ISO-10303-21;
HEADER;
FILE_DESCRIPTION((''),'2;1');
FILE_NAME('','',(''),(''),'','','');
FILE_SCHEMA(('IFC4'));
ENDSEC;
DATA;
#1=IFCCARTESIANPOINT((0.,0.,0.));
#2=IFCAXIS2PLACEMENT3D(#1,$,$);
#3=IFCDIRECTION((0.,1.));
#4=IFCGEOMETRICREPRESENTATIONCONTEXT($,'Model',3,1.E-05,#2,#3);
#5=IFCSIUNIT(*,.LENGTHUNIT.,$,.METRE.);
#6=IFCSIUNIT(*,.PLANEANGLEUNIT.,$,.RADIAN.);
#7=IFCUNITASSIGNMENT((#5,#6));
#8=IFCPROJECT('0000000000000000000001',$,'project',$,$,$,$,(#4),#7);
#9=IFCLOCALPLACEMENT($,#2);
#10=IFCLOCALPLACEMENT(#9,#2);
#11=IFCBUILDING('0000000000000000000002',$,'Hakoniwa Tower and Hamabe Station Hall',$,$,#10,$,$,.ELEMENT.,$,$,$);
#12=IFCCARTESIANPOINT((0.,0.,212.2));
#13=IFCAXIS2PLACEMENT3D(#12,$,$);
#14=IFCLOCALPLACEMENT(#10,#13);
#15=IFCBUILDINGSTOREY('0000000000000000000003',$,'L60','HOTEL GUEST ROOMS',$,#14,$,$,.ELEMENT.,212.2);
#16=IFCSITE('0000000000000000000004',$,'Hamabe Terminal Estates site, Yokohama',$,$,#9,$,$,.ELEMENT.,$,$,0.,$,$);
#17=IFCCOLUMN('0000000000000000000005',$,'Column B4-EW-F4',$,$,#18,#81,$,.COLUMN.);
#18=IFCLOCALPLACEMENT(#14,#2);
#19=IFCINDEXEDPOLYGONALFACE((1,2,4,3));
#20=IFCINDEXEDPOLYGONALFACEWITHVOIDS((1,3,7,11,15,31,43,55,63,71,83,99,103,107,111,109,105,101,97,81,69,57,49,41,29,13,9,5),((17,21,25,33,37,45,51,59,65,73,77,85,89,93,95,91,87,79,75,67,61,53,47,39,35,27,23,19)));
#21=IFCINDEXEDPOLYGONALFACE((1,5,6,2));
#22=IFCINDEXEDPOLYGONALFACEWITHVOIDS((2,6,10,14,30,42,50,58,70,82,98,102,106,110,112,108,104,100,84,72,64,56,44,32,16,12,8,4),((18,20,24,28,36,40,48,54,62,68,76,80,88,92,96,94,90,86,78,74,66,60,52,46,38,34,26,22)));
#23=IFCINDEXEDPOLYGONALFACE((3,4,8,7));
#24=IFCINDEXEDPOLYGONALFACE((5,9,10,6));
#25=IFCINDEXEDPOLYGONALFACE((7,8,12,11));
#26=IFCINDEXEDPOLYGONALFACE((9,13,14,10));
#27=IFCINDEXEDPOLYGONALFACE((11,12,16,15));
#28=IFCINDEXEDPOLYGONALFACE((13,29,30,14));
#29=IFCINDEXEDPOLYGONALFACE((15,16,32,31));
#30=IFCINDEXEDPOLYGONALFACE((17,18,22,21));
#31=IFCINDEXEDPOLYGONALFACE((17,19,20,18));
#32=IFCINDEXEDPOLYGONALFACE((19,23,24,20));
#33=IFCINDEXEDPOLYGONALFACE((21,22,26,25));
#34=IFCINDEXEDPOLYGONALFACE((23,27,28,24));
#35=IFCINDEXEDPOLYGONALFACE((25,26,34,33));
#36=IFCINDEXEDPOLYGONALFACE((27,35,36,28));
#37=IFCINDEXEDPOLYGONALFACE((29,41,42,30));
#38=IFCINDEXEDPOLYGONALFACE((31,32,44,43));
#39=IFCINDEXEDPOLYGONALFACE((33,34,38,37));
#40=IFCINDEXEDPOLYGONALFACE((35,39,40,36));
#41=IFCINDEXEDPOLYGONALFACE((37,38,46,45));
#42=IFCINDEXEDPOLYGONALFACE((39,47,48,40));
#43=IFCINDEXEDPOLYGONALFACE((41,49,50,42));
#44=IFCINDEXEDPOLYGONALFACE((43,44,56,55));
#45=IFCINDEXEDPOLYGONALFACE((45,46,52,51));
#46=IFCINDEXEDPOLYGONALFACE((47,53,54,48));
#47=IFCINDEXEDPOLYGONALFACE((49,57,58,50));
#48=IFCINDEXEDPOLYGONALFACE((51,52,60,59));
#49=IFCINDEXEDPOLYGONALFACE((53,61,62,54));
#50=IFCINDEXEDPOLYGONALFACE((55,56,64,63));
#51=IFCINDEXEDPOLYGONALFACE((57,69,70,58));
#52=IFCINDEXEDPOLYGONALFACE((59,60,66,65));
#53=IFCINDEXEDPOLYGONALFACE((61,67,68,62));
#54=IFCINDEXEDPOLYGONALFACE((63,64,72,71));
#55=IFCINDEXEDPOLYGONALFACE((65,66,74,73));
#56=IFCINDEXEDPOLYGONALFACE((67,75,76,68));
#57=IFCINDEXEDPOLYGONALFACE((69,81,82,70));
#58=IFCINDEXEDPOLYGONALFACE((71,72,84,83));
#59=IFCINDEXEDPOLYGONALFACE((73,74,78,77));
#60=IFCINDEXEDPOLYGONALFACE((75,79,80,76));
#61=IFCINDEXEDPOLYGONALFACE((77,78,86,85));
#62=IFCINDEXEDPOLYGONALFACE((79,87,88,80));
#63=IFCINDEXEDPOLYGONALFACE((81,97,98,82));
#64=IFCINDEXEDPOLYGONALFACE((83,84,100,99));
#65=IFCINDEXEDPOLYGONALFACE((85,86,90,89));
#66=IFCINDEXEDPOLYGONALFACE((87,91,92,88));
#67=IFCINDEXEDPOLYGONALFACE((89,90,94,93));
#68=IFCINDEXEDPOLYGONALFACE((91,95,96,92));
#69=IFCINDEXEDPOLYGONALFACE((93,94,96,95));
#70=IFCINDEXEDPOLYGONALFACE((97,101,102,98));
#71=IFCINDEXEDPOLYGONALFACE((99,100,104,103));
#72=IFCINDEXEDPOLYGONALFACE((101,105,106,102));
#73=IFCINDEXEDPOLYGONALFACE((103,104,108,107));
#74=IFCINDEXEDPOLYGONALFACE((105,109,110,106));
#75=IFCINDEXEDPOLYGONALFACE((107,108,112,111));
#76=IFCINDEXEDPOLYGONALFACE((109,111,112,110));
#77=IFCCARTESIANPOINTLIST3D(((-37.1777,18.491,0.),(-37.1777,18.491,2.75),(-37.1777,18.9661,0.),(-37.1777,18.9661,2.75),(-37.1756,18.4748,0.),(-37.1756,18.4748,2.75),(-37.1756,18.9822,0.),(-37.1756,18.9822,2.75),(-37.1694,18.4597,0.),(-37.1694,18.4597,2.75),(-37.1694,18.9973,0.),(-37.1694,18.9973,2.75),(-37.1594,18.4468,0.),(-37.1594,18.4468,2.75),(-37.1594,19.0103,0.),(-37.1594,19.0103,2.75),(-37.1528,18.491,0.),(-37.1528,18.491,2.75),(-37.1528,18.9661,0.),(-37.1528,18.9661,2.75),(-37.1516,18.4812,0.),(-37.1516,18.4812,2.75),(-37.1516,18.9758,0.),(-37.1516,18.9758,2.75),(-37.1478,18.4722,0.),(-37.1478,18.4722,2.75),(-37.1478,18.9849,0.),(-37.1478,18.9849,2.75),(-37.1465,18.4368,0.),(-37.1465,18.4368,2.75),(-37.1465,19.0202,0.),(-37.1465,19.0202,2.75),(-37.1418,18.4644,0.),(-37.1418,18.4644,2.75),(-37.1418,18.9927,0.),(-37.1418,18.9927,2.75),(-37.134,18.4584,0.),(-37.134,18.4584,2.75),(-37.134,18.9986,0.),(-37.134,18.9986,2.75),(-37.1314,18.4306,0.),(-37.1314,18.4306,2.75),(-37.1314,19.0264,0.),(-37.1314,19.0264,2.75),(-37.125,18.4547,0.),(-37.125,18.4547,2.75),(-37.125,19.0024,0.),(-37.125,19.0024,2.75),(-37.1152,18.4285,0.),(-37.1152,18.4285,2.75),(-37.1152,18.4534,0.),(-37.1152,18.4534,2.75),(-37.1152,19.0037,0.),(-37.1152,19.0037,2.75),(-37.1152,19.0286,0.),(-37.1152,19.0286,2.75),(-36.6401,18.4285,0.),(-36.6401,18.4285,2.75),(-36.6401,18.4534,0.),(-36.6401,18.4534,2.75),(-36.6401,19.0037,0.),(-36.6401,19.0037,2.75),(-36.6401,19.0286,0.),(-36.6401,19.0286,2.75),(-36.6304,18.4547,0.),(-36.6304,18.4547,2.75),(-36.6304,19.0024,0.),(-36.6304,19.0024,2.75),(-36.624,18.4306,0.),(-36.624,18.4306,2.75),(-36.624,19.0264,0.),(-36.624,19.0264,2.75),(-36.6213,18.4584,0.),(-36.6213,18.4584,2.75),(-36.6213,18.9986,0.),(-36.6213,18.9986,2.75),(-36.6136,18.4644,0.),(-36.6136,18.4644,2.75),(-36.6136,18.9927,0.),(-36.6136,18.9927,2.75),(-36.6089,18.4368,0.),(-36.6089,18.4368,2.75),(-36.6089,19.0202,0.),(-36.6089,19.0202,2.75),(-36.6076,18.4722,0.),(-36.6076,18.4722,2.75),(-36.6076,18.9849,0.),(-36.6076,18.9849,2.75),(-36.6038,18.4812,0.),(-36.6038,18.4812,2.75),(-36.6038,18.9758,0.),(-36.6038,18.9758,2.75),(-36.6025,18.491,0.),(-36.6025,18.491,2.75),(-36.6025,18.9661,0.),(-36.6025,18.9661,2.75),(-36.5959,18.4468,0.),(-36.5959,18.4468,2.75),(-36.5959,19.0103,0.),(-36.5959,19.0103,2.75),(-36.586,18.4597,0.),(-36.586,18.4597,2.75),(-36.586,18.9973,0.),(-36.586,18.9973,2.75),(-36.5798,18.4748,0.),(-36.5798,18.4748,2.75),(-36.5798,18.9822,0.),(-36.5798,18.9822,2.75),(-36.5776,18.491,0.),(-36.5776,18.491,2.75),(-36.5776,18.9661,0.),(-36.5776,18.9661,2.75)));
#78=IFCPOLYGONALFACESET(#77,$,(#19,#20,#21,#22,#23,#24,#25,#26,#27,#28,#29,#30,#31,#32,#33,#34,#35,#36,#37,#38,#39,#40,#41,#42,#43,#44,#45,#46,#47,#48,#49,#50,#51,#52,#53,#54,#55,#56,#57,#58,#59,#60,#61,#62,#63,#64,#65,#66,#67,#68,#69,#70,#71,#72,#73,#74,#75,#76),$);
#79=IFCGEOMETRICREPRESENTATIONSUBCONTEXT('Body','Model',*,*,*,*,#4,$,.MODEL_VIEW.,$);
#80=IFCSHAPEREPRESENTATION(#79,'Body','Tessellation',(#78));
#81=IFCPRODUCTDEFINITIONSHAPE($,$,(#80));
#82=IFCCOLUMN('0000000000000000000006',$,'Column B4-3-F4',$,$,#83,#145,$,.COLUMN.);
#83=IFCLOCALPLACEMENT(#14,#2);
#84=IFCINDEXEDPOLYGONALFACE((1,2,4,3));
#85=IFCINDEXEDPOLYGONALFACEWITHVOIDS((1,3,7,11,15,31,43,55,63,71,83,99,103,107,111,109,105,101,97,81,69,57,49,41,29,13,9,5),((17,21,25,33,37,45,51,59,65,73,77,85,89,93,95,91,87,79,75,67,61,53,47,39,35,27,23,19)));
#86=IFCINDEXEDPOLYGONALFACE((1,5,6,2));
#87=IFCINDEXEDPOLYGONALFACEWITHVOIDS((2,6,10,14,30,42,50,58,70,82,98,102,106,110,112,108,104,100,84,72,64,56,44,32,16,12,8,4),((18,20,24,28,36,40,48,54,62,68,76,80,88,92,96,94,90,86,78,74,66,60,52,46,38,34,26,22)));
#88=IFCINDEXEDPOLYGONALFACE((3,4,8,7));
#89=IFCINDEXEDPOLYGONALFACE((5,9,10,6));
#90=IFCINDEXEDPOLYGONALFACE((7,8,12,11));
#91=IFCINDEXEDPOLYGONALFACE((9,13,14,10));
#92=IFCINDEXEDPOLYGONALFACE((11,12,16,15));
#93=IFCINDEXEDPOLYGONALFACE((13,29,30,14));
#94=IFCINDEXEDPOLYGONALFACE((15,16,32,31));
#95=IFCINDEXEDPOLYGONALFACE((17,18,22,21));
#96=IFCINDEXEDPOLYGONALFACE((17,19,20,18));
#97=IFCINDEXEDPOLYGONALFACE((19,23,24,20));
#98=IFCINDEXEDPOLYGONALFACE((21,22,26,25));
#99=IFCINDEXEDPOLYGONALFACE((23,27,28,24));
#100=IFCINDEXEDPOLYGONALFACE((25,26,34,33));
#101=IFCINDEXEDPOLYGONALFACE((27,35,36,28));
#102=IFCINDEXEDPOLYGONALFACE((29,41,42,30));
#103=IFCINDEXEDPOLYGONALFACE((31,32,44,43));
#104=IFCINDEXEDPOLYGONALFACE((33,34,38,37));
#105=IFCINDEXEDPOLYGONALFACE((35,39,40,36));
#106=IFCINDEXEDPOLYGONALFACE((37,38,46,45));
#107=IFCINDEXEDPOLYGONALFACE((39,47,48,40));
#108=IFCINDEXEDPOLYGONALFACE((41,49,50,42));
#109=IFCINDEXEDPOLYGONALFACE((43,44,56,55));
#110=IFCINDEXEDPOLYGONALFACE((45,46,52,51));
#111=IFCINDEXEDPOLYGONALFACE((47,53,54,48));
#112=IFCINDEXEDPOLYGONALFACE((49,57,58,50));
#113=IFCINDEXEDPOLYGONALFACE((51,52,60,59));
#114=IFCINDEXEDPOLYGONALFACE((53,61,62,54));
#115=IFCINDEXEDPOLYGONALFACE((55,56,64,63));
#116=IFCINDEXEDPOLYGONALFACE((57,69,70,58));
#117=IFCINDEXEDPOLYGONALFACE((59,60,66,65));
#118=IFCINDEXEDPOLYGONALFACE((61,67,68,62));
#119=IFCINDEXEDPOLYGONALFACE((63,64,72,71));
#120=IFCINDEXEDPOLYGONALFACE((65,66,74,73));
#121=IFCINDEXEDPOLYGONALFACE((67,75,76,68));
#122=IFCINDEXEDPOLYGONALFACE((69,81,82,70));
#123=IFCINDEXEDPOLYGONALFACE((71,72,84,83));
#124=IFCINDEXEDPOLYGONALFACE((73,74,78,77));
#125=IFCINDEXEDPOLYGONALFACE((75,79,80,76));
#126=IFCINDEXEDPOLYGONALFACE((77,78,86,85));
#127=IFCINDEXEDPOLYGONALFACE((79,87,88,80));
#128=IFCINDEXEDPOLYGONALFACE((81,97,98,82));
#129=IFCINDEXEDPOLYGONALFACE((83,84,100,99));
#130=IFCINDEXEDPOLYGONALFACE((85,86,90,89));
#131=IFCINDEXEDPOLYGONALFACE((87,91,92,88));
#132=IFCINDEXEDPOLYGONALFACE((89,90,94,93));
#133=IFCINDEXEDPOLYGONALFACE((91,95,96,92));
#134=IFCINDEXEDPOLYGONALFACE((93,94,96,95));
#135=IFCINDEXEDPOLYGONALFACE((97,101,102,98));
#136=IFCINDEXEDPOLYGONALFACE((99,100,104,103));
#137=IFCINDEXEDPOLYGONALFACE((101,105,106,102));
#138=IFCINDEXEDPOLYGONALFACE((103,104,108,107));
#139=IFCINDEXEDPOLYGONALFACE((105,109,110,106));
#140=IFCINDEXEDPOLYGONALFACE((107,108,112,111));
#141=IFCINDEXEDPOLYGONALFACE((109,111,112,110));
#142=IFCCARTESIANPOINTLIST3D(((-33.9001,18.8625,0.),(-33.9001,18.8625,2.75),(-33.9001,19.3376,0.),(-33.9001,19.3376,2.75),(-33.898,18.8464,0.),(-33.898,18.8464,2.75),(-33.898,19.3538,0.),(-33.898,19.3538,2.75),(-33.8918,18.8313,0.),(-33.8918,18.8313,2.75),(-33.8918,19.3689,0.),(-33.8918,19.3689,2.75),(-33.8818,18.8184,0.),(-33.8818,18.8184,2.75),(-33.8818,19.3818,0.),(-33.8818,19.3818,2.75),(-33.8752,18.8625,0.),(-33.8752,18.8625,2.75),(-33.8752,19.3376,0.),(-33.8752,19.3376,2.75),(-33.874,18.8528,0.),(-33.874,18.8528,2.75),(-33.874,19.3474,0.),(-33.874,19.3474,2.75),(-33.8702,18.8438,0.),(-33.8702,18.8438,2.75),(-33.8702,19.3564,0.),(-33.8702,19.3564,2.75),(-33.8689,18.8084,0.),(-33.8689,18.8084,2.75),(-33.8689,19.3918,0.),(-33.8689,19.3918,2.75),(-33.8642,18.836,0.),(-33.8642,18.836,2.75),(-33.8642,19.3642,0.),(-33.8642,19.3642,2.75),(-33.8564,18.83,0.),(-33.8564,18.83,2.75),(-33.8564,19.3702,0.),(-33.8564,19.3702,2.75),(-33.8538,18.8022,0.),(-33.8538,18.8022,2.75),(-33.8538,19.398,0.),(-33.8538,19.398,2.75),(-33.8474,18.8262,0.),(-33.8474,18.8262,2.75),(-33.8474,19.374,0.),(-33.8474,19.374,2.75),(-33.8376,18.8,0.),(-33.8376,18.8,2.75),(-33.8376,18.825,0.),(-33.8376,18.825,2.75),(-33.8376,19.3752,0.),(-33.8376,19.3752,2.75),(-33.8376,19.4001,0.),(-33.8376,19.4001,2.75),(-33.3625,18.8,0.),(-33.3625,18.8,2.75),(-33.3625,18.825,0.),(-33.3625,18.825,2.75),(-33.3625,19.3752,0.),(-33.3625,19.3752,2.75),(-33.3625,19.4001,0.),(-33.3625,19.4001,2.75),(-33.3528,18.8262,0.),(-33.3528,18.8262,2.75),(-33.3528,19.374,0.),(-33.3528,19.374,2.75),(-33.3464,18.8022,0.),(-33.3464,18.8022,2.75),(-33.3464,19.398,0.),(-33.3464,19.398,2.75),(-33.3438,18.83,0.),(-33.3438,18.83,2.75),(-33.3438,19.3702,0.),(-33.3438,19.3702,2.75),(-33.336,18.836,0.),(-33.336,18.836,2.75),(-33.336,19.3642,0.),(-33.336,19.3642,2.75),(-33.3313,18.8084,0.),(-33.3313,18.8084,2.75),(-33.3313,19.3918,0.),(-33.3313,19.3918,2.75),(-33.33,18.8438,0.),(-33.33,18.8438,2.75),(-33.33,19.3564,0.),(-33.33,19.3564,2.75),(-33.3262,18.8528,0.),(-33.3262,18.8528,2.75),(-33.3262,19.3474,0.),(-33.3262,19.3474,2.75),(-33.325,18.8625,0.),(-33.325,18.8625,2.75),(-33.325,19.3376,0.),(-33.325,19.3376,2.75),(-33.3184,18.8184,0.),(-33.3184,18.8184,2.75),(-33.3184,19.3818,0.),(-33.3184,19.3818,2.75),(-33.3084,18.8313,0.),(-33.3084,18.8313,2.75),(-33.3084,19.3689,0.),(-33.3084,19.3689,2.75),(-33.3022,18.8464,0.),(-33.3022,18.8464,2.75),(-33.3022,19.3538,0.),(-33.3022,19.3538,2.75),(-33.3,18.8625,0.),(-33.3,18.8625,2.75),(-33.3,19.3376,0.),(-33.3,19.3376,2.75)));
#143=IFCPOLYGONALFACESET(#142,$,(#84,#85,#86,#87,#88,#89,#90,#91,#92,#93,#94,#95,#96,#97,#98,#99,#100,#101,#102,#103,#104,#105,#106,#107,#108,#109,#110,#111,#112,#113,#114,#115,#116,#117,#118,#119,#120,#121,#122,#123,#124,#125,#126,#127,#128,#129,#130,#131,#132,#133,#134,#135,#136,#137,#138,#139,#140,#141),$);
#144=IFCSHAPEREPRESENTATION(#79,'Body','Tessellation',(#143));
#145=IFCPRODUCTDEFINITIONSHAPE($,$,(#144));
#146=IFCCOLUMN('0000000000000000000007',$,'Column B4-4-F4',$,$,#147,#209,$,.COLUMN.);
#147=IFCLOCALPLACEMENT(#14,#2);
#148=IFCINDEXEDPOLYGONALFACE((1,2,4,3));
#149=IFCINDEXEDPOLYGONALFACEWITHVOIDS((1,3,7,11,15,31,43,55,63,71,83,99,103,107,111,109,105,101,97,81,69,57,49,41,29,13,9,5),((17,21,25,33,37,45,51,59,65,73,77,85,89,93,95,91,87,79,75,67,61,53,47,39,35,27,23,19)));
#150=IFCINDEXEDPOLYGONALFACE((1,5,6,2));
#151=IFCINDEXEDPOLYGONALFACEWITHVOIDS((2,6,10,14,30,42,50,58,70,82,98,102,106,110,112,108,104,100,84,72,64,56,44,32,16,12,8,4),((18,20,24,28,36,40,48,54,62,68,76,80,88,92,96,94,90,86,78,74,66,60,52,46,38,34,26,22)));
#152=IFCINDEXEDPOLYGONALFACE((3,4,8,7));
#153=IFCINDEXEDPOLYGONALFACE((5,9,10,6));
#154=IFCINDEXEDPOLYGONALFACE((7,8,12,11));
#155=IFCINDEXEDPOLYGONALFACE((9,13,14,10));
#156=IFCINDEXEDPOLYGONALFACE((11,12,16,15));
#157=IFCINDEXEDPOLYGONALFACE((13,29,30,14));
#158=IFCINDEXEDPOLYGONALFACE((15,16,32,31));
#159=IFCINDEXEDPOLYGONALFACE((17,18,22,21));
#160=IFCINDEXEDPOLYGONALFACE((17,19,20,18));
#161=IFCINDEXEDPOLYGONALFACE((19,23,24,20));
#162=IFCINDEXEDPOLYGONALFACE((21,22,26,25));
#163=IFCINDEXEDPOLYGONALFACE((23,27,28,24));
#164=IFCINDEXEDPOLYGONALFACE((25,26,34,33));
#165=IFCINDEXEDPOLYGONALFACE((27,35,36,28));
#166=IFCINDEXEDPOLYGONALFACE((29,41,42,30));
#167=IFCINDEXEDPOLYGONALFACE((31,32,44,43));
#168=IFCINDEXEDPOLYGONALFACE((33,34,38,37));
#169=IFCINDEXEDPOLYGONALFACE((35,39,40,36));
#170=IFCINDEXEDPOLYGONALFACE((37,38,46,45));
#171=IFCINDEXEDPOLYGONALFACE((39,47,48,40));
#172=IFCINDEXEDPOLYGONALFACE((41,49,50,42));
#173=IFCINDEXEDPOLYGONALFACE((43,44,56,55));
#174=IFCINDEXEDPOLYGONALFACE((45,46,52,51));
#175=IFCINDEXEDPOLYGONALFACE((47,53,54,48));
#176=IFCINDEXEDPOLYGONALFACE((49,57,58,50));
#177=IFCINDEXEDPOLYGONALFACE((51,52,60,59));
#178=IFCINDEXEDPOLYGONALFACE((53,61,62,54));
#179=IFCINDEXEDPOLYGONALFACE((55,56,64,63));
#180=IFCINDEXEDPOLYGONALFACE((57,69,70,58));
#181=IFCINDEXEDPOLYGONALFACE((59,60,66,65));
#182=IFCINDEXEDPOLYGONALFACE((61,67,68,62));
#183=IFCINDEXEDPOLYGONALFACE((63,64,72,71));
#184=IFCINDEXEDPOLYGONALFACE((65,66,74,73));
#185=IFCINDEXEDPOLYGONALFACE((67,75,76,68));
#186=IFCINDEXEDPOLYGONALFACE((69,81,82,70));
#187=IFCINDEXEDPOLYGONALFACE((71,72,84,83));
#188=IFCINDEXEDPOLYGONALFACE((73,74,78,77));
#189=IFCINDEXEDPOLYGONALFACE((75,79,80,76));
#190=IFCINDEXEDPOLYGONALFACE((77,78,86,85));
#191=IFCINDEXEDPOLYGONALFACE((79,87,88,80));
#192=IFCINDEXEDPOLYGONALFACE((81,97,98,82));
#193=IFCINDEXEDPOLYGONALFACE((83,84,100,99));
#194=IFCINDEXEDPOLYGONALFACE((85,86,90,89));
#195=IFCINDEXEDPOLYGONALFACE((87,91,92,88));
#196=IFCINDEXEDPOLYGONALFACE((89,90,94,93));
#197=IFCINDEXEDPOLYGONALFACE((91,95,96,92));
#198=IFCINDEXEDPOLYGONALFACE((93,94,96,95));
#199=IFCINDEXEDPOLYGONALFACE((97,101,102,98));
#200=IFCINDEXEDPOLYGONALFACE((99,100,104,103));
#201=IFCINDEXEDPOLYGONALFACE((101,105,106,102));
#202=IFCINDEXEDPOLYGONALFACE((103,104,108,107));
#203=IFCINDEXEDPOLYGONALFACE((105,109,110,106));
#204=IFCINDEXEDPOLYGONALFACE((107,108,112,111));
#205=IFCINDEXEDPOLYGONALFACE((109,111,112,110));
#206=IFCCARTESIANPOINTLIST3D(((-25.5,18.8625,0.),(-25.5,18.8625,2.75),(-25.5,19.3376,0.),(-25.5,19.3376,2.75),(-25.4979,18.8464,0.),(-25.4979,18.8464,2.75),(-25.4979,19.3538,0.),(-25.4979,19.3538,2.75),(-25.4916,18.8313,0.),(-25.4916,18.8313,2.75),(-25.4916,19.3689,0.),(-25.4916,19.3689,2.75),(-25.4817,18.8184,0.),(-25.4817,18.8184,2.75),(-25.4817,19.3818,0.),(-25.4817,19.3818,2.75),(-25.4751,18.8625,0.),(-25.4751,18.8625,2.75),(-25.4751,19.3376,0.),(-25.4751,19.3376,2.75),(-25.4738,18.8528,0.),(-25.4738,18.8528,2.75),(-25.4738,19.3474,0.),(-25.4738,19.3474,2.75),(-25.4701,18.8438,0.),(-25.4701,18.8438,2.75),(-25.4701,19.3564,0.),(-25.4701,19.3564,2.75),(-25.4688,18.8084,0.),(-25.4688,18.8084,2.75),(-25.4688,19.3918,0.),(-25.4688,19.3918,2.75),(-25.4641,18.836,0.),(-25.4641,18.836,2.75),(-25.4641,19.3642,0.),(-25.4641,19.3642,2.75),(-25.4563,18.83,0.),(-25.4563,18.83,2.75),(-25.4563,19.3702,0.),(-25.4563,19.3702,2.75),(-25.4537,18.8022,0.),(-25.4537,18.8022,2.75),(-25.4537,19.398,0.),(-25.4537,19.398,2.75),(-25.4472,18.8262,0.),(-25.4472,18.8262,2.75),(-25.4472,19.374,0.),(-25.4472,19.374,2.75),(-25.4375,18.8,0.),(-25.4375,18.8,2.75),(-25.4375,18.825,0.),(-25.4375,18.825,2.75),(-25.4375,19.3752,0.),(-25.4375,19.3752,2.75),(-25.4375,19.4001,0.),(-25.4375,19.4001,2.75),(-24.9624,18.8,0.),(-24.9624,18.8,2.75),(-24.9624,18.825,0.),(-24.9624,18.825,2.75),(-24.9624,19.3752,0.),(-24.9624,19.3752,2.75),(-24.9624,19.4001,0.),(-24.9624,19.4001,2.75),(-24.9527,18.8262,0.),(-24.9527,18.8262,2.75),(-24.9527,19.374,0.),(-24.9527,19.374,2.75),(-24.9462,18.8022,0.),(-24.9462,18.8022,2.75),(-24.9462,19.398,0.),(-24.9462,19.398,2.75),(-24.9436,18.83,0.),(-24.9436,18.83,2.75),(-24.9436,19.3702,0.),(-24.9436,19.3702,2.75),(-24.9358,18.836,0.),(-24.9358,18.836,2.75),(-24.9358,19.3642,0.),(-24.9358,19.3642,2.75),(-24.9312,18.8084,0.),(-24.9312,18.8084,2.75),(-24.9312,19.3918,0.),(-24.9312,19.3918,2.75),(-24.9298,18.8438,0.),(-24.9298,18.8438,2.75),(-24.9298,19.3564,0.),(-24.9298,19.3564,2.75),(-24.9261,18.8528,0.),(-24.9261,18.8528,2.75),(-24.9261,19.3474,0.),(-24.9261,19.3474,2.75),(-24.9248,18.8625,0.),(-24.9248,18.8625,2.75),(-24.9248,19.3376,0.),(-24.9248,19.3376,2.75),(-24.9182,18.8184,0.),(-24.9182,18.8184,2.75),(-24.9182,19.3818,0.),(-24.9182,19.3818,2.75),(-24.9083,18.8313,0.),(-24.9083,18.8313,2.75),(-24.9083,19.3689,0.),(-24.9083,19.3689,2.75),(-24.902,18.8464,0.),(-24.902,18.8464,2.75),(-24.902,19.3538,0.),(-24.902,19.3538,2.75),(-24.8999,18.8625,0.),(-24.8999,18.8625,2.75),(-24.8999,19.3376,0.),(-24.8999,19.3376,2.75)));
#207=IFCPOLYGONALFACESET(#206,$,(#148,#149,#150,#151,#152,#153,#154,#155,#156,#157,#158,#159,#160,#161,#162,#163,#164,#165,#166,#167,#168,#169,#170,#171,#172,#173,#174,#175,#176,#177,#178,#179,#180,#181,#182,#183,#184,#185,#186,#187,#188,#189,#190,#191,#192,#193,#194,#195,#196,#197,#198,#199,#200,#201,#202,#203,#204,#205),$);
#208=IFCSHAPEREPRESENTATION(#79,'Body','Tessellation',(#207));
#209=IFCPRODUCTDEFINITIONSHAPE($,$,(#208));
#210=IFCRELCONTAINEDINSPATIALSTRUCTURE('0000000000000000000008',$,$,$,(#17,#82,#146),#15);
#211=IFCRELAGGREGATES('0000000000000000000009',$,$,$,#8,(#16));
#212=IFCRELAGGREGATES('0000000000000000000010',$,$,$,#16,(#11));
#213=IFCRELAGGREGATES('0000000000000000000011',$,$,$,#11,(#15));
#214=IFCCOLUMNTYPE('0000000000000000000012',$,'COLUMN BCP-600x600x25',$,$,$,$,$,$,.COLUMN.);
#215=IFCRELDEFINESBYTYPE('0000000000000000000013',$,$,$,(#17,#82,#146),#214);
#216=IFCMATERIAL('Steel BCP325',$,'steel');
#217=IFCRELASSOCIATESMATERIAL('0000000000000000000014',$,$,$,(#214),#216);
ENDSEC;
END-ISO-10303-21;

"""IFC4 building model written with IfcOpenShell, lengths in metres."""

from ifc_helpers import new_model, si_unit, direction, frame, origin, origin_2d, place, context, subcontext, project, spatial, hollow_rectangle, extrude, material, material_profile, profile_set, type_object, element, save


model = new_model("IFC4")

# Units and contexts
model_context = context("Model", 3, precision=1e-05, world=origin(), true_north=direction((0.0, 1.0)))
body_context = subcontext(model_context, "Body", "Model", "MODEL_VIEW")
ifc_project = project(units=[si_unit("LENGTHUNIT", "METRE"), si_unit("PLANEANGLEUNIT", "RADIAN")], contexts=[model_context])

# Site, building, storey
site_placement = place(None, origin())
site = spatial("IfcSite", under=ifc_project, at=site_placement, Name="Hamabe Terminal Estates site, Yokohama", CompositionType="ELEMENT", RefElevation=0.0)
building_placement = place(site_placement, origin())
building = spatial("IfcBuilding", under=site, at=building_placement, Name="Hakoniwa Tower and Hamabe Station Hall", CompositionType="ELEMENT")
storey_placement = place(building_placement, frame((0.0, 0.0, 212.2)))
storey = spatial("IfcBuildingStorey", under=building, at=storey_placement, Name="L60", Description="HOTEL GUEST ROOMS", CompositionType="ELEMENT", Elevation=212.2)

# Columns
ifc_material_1 = material(Name="Steel BCP325", Category="steel")
ifc_material_profile_1 = material_profile(ifc_material_1, hollow_rectangle(XDim=0.6001, YDim=0.6001, WallThickness=0.0249, InnerFilletRadius=0.0376, OuterFilletRadius=0.0625, at=origin_2d()), Name="BCP-600x600x25")
ifc_profile_set_1 = profile_set([ifc_material_profile_1], Name="Steel BCP325")
column_type = type_object("IfcColumnType", Name="COLUMN BCP-600x600x25", PredefinedType="COLUMN", material=ifc_profile_set_1)
for number, where, z_axis, x_axis, name in (
    (1, (-36.8777, 18.7285, 0.0), (0.0, 0.0, 1.0), (1.0, 0.0, 0.0), "Column B4-EW-F4"),
    (2, (-33.6001, 19.1001, 0.0), (0.0, 0.0, 1.0), (1.0, 0.0, 0.0), "Column B4-3-F4"),
    (3, (-25.2, 19.1001, 0.0), (0.0, 0.0, 1.0), (1.0, 0.0, 0.0), "Column B4-4-F4"),
):
    element("IfcColumn", number, at=place(storey_placement, frame(where, z_axis=z_axis, x_axis=x_axis)), inside=storey, type_object=column_type, Name=name, PredefinedType="COLUMN", context=body_context, shape_type="SweptSolid", body=[
        extrude(hollow_rectangle(XDim=0.6001, YDim=0.6001, WallThickness=0.0249, InnerFilletRadius=0.0376, OuterFilletRadius=0.0625, at=origin_2d()), origin(), (0.0, 0.0, 1.0), 2.75),
    ])

save(model, "model.ifc")
